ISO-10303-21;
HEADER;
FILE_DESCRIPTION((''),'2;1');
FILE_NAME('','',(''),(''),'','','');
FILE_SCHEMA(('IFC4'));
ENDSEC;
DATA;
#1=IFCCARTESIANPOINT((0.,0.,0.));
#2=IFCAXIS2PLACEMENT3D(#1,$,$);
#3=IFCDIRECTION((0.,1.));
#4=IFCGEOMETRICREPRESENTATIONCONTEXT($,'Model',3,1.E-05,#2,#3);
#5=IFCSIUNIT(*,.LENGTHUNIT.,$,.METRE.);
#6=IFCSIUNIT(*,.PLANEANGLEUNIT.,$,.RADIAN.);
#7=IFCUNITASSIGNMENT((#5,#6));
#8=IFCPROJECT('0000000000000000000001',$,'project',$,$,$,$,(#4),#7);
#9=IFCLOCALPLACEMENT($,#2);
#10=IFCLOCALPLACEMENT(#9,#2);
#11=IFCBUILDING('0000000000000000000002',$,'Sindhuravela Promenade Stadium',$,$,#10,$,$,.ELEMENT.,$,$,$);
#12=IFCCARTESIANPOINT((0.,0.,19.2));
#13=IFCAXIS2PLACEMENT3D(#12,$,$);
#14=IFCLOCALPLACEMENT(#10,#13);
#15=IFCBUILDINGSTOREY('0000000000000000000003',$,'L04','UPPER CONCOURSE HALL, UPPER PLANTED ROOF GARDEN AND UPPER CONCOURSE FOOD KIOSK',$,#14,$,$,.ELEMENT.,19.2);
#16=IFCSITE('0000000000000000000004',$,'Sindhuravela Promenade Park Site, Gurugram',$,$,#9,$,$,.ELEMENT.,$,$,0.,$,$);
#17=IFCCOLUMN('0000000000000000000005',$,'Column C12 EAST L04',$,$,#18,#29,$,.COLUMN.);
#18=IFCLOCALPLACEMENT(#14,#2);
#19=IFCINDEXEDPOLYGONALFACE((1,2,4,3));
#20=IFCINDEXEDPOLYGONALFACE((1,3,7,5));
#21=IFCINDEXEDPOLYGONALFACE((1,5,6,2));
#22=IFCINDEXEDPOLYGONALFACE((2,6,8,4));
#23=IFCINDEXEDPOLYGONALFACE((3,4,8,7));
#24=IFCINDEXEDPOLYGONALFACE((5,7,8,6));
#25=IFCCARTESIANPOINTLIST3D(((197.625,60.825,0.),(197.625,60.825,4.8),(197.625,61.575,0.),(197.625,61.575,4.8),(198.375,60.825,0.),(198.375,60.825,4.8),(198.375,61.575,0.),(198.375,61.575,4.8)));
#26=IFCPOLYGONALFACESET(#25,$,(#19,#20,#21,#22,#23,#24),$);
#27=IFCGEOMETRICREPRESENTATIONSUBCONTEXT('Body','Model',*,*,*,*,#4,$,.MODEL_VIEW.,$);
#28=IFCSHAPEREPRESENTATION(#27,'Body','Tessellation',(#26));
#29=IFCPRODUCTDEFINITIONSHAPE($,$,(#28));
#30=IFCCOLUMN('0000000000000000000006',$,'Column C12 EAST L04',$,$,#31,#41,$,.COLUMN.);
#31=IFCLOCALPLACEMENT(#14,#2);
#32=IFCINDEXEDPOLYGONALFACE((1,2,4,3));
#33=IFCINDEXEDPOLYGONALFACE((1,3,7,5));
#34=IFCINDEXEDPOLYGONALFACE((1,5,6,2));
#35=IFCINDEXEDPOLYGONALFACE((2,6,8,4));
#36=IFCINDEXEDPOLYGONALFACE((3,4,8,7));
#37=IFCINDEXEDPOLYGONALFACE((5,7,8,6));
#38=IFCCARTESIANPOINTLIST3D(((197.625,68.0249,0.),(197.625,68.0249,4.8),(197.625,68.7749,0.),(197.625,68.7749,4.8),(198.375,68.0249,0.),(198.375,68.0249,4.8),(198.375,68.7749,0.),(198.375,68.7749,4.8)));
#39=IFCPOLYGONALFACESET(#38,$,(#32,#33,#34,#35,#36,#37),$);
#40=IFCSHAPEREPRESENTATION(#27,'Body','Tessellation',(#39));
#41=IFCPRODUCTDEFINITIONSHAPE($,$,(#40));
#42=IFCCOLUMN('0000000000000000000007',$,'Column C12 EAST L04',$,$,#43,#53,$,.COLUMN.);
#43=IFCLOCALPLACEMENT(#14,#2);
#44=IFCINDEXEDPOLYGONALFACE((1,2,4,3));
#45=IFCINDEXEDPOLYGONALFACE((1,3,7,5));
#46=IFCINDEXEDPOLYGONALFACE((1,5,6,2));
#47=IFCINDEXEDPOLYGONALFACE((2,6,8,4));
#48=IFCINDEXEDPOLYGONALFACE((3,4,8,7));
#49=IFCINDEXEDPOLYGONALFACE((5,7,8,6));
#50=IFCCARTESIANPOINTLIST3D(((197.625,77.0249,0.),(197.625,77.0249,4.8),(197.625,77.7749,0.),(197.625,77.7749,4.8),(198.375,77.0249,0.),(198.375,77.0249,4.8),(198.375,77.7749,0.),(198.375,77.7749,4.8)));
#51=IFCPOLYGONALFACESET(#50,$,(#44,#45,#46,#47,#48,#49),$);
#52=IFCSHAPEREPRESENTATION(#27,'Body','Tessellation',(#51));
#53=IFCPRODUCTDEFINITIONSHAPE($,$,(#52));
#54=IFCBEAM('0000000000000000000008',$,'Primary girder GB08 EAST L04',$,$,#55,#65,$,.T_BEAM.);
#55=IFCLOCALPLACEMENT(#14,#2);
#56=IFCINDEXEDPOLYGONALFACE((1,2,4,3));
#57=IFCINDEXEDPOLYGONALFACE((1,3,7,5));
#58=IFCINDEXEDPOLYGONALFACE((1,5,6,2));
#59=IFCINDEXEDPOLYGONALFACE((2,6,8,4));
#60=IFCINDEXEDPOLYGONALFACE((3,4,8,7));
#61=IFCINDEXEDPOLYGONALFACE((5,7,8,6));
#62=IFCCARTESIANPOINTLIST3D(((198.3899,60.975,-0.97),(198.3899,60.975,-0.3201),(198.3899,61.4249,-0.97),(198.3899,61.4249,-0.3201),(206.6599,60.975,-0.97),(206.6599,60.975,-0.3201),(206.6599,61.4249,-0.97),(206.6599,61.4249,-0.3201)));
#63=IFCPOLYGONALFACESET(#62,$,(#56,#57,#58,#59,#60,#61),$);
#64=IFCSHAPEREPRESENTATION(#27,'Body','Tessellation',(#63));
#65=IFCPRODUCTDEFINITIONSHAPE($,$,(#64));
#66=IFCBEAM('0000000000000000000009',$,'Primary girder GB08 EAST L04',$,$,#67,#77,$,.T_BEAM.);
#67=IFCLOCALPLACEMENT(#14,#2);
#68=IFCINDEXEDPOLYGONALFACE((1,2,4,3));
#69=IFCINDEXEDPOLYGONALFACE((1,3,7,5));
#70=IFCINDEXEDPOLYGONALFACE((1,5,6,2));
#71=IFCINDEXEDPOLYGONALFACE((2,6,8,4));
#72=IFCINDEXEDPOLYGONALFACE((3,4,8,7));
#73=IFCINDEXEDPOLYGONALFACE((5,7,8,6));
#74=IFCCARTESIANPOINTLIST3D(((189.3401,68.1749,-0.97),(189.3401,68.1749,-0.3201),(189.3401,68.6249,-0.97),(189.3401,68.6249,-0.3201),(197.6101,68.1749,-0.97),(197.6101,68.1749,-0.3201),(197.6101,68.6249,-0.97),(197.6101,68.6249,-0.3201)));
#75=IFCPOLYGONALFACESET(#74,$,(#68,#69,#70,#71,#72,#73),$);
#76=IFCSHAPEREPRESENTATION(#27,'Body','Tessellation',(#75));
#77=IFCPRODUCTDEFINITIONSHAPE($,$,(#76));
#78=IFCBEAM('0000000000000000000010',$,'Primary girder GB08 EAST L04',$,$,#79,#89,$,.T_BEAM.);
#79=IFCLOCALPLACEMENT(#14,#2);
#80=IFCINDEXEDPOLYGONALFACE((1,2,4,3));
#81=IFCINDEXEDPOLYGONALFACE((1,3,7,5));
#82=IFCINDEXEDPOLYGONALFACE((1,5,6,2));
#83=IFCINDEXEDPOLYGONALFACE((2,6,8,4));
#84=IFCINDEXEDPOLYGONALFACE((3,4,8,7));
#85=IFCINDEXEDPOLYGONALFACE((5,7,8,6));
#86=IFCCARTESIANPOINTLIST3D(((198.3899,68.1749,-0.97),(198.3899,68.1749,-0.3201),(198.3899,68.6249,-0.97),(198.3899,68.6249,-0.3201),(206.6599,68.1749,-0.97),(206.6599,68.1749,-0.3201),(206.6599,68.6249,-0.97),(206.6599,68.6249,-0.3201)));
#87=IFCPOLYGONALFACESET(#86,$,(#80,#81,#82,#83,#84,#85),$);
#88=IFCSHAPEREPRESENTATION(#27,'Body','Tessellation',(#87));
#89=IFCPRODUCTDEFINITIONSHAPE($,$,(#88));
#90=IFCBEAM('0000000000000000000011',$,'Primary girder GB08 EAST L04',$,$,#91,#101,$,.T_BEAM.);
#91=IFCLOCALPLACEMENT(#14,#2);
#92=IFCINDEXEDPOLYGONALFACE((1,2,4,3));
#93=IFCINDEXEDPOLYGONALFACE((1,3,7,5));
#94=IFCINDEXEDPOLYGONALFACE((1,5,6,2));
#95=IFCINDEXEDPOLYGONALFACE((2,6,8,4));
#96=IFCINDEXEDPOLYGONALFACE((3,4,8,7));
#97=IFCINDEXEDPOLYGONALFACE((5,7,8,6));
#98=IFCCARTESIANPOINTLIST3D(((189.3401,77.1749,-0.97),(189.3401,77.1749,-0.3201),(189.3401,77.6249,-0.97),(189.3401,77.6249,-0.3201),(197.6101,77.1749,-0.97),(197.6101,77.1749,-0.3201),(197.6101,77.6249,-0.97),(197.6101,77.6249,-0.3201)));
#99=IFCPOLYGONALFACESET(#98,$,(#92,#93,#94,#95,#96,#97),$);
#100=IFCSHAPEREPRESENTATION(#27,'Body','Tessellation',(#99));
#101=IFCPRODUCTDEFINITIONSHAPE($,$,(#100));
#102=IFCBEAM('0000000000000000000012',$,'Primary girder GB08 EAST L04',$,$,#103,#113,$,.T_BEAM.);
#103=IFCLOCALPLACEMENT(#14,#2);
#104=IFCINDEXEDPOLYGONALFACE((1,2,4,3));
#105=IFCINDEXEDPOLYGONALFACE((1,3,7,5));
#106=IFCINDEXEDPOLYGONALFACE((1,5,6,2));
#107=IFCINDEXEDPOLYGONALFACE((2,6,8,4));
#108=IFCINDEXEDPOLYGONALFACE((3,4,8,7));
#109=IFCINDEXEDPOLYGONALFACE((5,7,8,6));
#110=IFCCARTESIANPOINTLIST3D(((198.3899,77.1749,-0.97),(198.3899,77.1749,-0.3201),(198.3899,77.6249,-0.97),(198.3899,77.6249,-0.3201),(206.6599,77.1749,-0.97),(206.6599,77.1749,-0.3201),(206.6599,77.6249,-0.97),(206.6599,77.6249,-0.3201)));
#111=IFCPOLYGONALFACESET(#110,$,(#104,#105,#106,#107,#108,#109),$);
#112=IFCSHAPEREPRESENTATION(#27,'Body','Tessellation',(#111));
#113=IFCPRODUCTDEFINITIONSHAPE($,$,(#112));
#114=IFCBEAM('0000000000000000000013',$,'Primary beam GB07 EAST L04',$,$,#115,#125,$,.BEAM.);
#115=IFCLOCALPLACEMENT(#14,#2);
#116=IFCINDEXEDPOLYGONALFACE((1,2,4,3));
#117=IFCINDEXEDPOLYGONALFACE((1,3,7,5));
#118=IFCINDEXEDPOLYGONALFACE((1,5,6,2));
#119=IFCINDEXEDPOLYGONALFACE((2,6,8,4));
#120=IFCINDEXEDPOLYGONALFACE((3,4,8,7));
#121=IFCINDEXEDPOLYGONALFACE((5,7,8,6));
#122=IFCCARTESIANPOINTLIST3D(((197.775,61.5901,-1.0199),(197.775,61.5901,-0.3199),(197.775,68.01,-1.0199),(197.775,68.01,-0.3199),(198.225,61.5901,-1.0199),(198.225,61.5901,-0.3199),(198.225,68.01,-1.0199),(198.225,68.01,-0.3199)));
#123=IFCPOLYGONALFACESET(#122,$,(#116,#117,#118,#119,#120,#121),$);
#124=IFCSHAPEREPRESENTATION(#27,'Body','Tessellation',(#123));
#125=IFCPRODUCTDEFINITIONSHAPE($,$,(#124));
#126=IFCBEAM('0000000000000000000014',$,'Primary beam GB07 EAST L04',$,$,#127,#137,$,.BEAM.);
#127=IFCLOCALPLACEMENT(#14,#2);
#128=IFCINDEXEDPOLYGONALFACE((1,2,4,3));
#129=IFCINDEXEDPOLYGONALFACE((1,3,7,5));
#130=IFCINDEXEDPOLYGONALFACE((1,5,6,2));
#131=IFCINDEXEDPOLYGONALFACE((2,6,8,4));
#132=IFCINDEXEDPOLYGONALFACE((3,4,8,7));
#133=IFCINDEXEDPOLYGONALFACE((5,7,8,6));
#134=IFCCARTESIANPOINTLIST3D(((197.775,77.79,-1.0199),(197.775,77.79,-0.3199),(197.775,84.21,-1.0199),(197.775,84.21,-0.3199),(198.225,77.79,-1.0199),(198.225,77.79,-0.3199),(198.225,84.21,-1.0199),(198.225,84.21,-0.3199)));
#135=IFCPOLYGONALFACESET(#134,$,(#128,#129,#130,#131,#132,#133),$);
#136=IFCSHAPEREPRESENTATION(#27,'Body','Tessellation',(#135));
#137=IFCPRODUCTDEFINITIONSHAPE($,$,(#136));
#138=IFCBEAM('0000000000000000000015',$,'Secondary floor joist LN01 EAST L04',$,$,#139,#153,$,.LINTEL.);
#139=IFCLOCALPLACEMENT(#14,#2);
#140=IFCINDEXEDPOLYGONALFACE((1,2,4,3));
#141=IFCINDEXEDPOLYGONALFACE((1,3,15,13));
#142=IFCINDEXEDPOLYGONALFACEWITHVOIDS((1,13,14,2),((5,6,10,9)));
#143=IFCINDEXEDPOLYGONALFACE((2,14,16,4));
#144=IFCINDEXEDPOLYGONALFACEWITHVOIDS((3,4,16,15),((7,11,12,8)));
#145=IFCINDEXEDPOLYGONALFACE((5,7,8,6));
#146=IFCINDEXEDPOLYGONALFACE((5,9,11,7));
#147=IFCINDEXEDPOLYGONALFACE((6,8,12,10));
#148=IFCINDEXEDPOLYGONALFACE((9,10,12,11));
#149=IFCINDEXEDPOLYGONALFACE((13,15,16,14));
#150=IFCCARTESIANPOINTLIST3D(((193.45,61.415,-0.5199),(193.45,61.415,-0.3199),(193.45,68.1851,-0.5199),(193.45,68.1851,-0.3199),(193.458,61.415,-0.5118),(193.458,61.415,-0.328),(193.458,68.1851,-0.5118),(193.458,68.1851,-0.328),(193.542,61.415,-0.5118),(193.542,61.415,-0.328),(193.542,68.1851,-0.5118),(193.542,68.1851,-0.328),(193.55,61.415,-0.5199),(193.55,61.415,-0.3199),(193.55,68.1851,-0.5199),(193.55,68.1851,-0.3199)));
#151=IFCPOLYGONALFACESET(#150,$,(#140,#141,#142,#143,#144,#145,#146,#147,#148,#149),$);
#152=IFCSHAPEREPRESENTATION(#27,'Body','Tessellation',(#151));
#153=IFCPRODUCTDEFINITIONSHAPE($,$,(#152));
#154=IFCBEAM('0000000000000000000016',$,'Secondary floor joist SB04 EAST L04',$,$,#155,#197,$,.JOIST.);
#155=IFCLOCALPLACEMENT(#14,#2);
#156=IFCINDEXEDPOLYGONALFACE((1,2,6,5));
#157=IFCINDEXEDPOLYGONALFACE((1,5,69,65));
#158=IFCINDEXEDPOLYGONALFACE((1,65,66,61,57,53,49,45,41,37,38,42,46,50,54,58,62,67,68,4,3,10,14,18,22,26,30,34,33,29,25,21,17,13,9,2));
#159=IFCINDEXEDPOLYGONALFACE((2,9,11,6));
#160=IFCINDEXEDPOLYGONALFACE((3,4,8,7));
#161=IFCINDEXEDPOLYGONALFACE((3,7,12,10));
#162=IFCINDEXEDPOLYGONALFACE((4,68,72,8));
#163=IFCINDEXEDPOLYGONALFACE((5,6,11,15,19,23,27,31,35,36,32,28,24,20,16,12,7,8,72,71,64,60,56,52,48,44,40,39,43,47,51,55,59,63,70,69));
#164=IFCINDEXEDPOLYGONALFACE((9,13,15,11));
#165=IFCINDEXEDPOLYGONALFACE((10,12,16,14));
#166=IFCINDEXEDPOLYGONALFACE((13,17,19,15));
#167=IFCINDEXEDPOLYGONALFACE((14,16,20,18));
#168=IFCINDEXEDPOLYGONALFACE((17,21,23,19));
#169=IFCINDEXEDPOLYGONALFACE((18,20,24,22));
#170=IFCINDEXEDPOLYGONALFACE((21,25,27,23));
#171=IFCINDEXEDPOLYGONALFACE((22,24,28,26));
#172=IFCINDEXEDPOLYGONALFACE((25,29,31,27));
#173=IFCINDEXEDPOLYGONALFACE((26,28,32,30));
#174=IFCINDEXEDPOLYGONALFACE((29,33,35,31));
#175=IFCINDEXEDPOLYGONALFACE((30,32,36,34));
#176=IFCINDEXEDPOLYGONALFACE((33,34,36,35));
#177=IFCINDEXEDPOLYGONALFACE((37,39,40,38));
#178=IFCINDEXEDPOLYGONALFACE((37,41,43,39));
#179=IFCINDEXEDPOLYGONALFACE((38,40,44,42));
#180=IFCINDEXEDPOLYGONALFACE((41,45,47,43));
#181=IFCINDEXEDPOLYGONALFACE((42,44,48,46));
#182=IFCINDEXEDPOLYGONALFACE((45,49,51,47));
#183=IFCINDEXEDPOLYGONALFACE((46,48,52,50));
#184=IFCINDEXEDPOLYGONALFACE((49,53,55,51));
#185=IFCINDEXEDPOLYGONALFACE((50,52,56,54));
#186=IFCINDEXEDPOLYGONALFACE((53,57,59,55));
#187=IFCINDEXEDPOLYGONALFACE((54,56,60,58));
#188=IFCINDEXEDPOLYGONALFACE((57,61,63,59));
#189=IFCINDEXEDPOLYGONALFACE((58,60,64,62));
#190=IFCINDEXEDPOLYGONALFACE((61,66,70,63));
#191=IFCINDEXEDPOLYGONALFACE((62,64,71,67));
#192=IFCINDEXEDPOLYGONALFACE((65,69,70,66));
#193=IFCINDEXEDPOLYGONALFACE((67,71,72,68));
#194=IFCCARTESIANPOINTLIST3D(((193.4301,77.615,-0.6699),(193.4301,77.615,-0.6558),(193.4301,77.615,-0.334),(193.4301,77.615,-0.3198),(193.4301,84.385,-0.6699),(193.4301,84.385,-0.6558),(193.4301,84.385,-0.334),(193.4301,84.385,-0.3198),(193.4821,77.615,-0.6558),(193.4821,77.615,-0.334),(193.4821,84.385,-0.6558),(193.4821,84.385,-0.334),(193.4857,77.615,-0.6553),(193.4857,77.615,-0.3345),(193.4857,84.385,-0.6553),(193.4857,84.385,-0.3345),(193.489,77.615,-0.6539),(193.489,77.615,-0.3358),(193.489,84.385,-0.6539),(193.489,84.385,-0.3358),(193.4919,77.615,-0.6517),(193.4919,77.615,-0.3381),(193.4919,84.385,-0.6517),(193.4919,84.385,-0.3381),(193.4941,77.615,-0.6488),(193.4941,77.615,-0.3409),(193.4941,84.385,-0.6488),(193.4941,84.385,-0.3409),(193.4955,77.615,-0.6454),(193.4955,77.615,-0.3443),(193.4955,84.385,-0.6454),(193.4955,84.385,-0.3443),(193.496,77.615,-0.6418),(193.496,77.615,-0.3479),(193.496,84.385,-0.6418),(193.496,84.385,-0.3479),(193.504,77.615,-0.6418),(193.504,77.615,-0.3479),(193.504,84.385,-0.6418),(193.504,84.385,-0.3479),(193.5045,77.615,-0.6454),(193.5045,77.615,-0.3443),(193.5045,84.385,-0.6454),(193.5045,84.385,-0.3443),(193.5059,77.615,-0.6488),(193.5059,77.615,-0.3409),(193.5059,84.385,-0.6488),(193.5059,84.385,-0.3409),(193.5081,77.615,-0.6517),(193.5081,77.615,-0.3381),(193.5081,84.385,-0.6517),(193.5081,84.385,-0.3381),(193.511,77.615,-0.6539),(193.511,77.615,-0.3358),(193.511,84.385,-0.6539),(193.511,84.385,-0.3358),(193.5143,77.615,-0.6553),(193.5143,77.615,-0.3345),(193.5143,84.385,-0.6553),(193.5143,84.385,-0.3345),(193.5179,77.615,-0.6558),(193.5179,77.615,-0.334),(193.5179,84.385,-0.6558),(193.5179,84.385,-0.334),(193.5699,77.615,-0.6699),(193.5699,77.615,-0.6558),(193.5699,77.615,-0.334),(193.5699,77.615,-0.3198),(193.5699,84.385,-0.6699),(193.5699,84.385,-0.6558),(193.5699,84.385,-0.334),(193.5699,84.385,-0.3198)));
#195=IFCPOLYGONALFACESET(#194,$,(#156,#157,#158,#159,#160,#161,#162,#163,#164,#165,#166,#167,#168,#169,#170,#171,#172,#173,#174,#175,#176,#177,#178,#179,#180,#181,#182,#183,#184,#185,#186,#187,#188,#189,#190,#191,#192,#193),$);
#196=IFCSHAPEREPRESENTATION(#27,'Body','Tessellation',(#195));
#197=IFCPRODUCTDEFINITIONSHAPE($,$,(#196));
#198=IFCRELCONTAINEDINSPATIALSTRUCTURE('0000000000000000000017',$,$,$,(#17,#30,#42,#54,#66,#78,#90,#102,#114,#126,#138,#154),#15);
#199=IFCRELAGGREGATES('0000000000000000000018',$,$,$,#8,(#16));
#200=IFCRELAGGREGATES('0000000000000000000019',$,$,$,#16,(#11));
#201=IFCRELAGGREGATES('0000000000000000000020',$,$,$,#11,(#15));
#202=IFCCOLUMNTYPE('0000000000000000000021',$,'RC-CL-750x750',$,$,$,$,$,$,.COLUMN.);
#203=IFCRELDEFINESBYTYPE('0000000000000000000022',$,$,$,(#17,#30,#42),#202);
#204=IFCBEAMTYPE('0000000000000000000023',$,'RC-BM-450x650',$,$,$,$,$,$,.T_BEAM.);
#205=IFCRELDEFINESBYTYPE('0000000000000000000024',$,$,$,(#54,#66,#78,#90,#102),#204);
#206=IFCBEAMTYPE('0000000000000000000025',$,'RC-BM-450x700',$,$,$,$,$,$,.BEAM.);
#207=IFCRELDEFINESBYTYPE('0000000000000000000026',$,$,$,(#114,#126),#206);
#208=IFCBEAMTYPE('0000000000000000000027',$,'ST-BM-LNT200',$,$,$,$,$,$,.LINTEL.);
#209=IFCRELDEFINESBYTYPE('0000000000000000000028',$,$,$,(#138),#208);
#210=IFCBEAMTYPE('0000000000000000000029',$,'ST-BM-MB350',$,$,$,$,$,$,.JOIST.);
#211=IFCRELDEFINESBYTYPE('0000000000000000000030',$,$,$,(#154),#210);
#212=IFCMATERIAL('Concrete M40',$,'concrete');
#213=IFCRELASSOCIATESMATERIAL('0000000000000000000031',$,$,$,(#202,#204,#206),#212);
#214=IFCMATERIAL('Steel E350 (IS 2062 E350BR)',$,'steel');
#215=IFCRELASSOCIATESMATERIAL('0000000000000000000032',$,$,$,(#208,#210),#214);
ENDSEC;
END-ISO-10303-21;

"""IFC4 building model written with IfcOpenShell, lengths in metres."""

from ifc_helpers import new_model, si_unit, direction, frame, origin, origin_2d, place, context, subcontext, project, spatial, rectangle, hollow_rectangle, i_section, extrude, material, material_profile, profile_set, type_object, element, save


model = new_model("IFC4")

# Units and contexts
model_context = context("Model", 3, precision=1e-05, world=origin(), true_north=direction((0.0, 1.0)))
body_context = subcontext(model_context, "Body", "Model", "MODEL_VIEW")
ifc_project = project(units=[si_unit("LENGTHUNIT", "METRE"), si_unit("PLANEANGLEUNIT", "RADIAN")], contexts=[model_context])

# Site, building, storey
site_placement = place(None, origin())
site = spatial("IfcSite", under=ifc_project, at=site_placement, Name="Sindhuravela Promenade Park Site, Gurugram", CompositionType="ELEMENT", RefElevation=0.0)
building_placement = place(site_placement, origin())
building = spatial("IfcBuilding", under=site, at=building_placement, Name="Sindhuravela Promenade Stadium", CompositionType="ELEMENT")
storey_placement = place(building_placement, frame((0.0, 0.0, 19.2)))
storey = spatial("IfcBuildingStorey", under=building, at=storey_placement, Name="L04", Description="UPPER CONCOURSE HALL, UPPER PLANTED ROOF GARDEN AND UPPER CONCOURSE FOOD KIOSK", CompositionType="ELEMENT", Elevation=19.2)

# Columns
ifc_material_1 = material(Name="Concrete M40", Category="concrete")
ifc_material_profile_1 = material_profile(ifc_material_1, rectangle(XDim=0.75, YDim=0.75, at=origin_2d()), Name="RC 750x750")
ifc_profile_set_1 = profile_set([ifc_material_profile_1], Name="Concrete M40")
column_type = type_object("IfcColumnType", Name="RC-CL-750x750", PredefinedType="COLUMN", material=ifc_profile_set_1)
for number, where, z_axis, x_axis, name in (
    (1, (198.0, 61.2, 0.0), (0.0, 0.0, 1.0), (1.0, 0.0, 0.0), "Column C12 EAST L04"),
    (2, (198.0, 68.3999, 0.0), (0.0, 0.0, 1.0), (1.0, 0.0, 0.0), "Column C12 EAST L04"),
    (3, (198.0, 77.3999, 0.0), (0.0, 0.0, 1.0), (1.0, 0.0, 0.0), "Column C12 EAST L04"),
):
    element("IfcColumn", number, at=place(storey_placement, frame(where, z_axis=z_axis, x_axis=x_axis)), inside=storey, type_object=column_type, Name=name, PredefinedType="COLUMN", context=body_context, shape_type="SweptSolid", body=[
        extrude(rectangle(XDim=0.75, YDim=0.75, at=origin_2d()), origin(), (0.0, 0.0, 1.0), 4.8),
    ])

# Beams
ifc_material_profile_2 = material_profile(ifc_material_1, rectangle(XDim=0.45, YDim=0.6499, at=origin_2d()), Name="RC 450x650")
ifc_profile_set_2 = profile_set([ifc_material_profile_2], Name="Concrete M40")
beam_type_1 = type_object("IfcBeamType", Name="RC-BM-450x650", PredefinedType="T_BEAM", material=ifc_profile_set_2)
for number, where, z_axis, x_axis, name in (
    (4, (198.3899, 61.2, -0.645), (1.0, 0.0, 0.0), (0.0, 1.0, 0.0), "Primary girder GB08 EAST L04"),
    (5, (189.3401, 68.3999, -0.645), (1.0, 0.0, 0.0), (0.0, 1.0, 0.0), "Primary girder GB08 EAST L04"),
    (6, (198.3899, 68.3999, -0.645), (1.0, 0.0, 0.0), (0.0, 1.0, 0.0), "Primary girder GB08 EAST L04"),
    (7, (189.3401, 77.3999, -0.645), (1.0, 0.0, 0.0), (0.0, 1.0, 0.0), "Primary girder GB08 EAST L04"),
    (8, (198.3899, 77.3999, -0.645), (1.0, 0.0, 0.0), (0.0, 1.0, 0.0), "Primary girder GB08 EAST L04"),
):
    element("IfcBeam", number, at=place(storey_placement, frame(where, z_axis=z_axis, x_axis=x_axis)), inside=storey, type_object=beam_type_1, Name=name, PredefinedType="T_BEAM", context=body_context, shape_type="SweptSolid", body=[
        extrude(rectangle(XDim=0.45, YDim=0.6499, at=origin_2d()), origin(), (0.0, 0.0, 1.0), 8.27),
    ])
ifc_material_profile_3 = material_profile(ifc_material_1, rectangle(XDim=0.45, YDim=0.7, at=origin_2d()), Name="RC 450x700")
ifc_profile_set_3 = profile_set([ifc_material_profile_3], Name="Concrete M40")
beam_type_2 = type_object("IfcBeamType", Name="RC-BM-450x700", PredefinedType="BEAM", material=ifc_profile_set_3)
for number, where, z_axis, x_axis, name in (
    (9, (198.0, 61.5901, -0.6699), (0.0, 1.0, 0.0), (-1.0, 0.0, 0.0), "Primary beam GB07 EAST L04"),
    (10, (198.0, 77.79, -0.6699), (0.0, 1.0, 0.0), (-1.0, 0.0, 0.0), "Primary beam GB07 EAST L04"),
):
    element("IfcBeam", number, at=place(storey_placement, frame(where, z_axis=z_axis, x_axis=x_axis)), inside=storey, type_object=beam_type_2, Name=name, PredefinedType="BEAM", context=body_context, shape_type="SweptSolid", body=[
        extrude(rectangle(XDim=0.45, YDim=0.7, at=origin_2d()), origin(), (0.0, 0.0, 1.0), 6.4199),
    ])
ifc_material_2 = material(Name="Steel E350 (IS 2062 E350BR)", Category="steel")
ifc_material_profile_4 = material_profile(ifc_material_2, hollow_rectangle(XDim=0.1001, YDim=0.2, WallThickness=0.0081, at=origin_2d()), Name="RHS 200x100x8")
ifc_profile_set_4 = profile_set([ifc_material_profile_4], Name="Steel E350 (IS 2062 E350BR)")
beam_type_3 = type_object("IfcBeamType", Name="ST-BM-LNT200", PredefinedType="LINTEL", material=ifc_profile_set_4)
beam_1_placement = place(storey_placement, frame((193.5, 61.415, -0.4199), z_axis=(0.0, 1.0, 0.0), x_axis=(-1.0, 0.0, 0.0)))
element("IfcBeam", 11, at=beam_1_placement, inside=storey, type_object=beam_type_3, Name="Secondary floor joist LN01 EAST L04", PredefinedType="LINTEL", context=body_context, shape_type="SweptSolid", body=[
    extrude(hollow_rectangle(XDim=0.1001, YDim=0.2, WallThickness=0.0081, at=origin_2d()), origin(), (0.0, 0.0, 1.0), 6.77),
])
ifc_material_profile_5 = material_profile(ifc_material_2, i_section(OverallWidth=0.1399, OverallDepth=0.3501, WebThickness=0.0081, FlangeThickness=0.0142, FilletRadius=0.0139, at=origin_2d()), Name="ISMB 350")
ifc_profile_set_5 = profile_set([ifc_material_profile_5], Name="Steel E350 (IS 2062 E350BR)")
beam_type_4 = type_object("IfcBeamType", Name="ST-BM-MB350", PredefinedType="JOIST", material=ifc_profile_set_5)
beam_2_placement = place(storey_placement, frame((193.5, 77.615, -0.4949), z_axis=(0.0, 1.0, 0.0), x_axis=(-1.0, 0.0, 0.0)))
element("IfcBeam", 12, at=beam_2_placement, inside=storey, type_object=beam_type_4, Name="Secondary floor joist SB04 EAST L04", PredefinedType="JOIST", context=body_context, shape_type="SweptSolid", body=[
    extrude(i_section(OverallWidth=0.1399, OverallDepth=0.3501, WebThickness=0.0081, FlangeThickness=0.0142, FilletRadius=0.0139, at=origin_2d()), origin(), (0.0, 0.0, 1.0), 6.77),
])

save(model, "model.ifc")
